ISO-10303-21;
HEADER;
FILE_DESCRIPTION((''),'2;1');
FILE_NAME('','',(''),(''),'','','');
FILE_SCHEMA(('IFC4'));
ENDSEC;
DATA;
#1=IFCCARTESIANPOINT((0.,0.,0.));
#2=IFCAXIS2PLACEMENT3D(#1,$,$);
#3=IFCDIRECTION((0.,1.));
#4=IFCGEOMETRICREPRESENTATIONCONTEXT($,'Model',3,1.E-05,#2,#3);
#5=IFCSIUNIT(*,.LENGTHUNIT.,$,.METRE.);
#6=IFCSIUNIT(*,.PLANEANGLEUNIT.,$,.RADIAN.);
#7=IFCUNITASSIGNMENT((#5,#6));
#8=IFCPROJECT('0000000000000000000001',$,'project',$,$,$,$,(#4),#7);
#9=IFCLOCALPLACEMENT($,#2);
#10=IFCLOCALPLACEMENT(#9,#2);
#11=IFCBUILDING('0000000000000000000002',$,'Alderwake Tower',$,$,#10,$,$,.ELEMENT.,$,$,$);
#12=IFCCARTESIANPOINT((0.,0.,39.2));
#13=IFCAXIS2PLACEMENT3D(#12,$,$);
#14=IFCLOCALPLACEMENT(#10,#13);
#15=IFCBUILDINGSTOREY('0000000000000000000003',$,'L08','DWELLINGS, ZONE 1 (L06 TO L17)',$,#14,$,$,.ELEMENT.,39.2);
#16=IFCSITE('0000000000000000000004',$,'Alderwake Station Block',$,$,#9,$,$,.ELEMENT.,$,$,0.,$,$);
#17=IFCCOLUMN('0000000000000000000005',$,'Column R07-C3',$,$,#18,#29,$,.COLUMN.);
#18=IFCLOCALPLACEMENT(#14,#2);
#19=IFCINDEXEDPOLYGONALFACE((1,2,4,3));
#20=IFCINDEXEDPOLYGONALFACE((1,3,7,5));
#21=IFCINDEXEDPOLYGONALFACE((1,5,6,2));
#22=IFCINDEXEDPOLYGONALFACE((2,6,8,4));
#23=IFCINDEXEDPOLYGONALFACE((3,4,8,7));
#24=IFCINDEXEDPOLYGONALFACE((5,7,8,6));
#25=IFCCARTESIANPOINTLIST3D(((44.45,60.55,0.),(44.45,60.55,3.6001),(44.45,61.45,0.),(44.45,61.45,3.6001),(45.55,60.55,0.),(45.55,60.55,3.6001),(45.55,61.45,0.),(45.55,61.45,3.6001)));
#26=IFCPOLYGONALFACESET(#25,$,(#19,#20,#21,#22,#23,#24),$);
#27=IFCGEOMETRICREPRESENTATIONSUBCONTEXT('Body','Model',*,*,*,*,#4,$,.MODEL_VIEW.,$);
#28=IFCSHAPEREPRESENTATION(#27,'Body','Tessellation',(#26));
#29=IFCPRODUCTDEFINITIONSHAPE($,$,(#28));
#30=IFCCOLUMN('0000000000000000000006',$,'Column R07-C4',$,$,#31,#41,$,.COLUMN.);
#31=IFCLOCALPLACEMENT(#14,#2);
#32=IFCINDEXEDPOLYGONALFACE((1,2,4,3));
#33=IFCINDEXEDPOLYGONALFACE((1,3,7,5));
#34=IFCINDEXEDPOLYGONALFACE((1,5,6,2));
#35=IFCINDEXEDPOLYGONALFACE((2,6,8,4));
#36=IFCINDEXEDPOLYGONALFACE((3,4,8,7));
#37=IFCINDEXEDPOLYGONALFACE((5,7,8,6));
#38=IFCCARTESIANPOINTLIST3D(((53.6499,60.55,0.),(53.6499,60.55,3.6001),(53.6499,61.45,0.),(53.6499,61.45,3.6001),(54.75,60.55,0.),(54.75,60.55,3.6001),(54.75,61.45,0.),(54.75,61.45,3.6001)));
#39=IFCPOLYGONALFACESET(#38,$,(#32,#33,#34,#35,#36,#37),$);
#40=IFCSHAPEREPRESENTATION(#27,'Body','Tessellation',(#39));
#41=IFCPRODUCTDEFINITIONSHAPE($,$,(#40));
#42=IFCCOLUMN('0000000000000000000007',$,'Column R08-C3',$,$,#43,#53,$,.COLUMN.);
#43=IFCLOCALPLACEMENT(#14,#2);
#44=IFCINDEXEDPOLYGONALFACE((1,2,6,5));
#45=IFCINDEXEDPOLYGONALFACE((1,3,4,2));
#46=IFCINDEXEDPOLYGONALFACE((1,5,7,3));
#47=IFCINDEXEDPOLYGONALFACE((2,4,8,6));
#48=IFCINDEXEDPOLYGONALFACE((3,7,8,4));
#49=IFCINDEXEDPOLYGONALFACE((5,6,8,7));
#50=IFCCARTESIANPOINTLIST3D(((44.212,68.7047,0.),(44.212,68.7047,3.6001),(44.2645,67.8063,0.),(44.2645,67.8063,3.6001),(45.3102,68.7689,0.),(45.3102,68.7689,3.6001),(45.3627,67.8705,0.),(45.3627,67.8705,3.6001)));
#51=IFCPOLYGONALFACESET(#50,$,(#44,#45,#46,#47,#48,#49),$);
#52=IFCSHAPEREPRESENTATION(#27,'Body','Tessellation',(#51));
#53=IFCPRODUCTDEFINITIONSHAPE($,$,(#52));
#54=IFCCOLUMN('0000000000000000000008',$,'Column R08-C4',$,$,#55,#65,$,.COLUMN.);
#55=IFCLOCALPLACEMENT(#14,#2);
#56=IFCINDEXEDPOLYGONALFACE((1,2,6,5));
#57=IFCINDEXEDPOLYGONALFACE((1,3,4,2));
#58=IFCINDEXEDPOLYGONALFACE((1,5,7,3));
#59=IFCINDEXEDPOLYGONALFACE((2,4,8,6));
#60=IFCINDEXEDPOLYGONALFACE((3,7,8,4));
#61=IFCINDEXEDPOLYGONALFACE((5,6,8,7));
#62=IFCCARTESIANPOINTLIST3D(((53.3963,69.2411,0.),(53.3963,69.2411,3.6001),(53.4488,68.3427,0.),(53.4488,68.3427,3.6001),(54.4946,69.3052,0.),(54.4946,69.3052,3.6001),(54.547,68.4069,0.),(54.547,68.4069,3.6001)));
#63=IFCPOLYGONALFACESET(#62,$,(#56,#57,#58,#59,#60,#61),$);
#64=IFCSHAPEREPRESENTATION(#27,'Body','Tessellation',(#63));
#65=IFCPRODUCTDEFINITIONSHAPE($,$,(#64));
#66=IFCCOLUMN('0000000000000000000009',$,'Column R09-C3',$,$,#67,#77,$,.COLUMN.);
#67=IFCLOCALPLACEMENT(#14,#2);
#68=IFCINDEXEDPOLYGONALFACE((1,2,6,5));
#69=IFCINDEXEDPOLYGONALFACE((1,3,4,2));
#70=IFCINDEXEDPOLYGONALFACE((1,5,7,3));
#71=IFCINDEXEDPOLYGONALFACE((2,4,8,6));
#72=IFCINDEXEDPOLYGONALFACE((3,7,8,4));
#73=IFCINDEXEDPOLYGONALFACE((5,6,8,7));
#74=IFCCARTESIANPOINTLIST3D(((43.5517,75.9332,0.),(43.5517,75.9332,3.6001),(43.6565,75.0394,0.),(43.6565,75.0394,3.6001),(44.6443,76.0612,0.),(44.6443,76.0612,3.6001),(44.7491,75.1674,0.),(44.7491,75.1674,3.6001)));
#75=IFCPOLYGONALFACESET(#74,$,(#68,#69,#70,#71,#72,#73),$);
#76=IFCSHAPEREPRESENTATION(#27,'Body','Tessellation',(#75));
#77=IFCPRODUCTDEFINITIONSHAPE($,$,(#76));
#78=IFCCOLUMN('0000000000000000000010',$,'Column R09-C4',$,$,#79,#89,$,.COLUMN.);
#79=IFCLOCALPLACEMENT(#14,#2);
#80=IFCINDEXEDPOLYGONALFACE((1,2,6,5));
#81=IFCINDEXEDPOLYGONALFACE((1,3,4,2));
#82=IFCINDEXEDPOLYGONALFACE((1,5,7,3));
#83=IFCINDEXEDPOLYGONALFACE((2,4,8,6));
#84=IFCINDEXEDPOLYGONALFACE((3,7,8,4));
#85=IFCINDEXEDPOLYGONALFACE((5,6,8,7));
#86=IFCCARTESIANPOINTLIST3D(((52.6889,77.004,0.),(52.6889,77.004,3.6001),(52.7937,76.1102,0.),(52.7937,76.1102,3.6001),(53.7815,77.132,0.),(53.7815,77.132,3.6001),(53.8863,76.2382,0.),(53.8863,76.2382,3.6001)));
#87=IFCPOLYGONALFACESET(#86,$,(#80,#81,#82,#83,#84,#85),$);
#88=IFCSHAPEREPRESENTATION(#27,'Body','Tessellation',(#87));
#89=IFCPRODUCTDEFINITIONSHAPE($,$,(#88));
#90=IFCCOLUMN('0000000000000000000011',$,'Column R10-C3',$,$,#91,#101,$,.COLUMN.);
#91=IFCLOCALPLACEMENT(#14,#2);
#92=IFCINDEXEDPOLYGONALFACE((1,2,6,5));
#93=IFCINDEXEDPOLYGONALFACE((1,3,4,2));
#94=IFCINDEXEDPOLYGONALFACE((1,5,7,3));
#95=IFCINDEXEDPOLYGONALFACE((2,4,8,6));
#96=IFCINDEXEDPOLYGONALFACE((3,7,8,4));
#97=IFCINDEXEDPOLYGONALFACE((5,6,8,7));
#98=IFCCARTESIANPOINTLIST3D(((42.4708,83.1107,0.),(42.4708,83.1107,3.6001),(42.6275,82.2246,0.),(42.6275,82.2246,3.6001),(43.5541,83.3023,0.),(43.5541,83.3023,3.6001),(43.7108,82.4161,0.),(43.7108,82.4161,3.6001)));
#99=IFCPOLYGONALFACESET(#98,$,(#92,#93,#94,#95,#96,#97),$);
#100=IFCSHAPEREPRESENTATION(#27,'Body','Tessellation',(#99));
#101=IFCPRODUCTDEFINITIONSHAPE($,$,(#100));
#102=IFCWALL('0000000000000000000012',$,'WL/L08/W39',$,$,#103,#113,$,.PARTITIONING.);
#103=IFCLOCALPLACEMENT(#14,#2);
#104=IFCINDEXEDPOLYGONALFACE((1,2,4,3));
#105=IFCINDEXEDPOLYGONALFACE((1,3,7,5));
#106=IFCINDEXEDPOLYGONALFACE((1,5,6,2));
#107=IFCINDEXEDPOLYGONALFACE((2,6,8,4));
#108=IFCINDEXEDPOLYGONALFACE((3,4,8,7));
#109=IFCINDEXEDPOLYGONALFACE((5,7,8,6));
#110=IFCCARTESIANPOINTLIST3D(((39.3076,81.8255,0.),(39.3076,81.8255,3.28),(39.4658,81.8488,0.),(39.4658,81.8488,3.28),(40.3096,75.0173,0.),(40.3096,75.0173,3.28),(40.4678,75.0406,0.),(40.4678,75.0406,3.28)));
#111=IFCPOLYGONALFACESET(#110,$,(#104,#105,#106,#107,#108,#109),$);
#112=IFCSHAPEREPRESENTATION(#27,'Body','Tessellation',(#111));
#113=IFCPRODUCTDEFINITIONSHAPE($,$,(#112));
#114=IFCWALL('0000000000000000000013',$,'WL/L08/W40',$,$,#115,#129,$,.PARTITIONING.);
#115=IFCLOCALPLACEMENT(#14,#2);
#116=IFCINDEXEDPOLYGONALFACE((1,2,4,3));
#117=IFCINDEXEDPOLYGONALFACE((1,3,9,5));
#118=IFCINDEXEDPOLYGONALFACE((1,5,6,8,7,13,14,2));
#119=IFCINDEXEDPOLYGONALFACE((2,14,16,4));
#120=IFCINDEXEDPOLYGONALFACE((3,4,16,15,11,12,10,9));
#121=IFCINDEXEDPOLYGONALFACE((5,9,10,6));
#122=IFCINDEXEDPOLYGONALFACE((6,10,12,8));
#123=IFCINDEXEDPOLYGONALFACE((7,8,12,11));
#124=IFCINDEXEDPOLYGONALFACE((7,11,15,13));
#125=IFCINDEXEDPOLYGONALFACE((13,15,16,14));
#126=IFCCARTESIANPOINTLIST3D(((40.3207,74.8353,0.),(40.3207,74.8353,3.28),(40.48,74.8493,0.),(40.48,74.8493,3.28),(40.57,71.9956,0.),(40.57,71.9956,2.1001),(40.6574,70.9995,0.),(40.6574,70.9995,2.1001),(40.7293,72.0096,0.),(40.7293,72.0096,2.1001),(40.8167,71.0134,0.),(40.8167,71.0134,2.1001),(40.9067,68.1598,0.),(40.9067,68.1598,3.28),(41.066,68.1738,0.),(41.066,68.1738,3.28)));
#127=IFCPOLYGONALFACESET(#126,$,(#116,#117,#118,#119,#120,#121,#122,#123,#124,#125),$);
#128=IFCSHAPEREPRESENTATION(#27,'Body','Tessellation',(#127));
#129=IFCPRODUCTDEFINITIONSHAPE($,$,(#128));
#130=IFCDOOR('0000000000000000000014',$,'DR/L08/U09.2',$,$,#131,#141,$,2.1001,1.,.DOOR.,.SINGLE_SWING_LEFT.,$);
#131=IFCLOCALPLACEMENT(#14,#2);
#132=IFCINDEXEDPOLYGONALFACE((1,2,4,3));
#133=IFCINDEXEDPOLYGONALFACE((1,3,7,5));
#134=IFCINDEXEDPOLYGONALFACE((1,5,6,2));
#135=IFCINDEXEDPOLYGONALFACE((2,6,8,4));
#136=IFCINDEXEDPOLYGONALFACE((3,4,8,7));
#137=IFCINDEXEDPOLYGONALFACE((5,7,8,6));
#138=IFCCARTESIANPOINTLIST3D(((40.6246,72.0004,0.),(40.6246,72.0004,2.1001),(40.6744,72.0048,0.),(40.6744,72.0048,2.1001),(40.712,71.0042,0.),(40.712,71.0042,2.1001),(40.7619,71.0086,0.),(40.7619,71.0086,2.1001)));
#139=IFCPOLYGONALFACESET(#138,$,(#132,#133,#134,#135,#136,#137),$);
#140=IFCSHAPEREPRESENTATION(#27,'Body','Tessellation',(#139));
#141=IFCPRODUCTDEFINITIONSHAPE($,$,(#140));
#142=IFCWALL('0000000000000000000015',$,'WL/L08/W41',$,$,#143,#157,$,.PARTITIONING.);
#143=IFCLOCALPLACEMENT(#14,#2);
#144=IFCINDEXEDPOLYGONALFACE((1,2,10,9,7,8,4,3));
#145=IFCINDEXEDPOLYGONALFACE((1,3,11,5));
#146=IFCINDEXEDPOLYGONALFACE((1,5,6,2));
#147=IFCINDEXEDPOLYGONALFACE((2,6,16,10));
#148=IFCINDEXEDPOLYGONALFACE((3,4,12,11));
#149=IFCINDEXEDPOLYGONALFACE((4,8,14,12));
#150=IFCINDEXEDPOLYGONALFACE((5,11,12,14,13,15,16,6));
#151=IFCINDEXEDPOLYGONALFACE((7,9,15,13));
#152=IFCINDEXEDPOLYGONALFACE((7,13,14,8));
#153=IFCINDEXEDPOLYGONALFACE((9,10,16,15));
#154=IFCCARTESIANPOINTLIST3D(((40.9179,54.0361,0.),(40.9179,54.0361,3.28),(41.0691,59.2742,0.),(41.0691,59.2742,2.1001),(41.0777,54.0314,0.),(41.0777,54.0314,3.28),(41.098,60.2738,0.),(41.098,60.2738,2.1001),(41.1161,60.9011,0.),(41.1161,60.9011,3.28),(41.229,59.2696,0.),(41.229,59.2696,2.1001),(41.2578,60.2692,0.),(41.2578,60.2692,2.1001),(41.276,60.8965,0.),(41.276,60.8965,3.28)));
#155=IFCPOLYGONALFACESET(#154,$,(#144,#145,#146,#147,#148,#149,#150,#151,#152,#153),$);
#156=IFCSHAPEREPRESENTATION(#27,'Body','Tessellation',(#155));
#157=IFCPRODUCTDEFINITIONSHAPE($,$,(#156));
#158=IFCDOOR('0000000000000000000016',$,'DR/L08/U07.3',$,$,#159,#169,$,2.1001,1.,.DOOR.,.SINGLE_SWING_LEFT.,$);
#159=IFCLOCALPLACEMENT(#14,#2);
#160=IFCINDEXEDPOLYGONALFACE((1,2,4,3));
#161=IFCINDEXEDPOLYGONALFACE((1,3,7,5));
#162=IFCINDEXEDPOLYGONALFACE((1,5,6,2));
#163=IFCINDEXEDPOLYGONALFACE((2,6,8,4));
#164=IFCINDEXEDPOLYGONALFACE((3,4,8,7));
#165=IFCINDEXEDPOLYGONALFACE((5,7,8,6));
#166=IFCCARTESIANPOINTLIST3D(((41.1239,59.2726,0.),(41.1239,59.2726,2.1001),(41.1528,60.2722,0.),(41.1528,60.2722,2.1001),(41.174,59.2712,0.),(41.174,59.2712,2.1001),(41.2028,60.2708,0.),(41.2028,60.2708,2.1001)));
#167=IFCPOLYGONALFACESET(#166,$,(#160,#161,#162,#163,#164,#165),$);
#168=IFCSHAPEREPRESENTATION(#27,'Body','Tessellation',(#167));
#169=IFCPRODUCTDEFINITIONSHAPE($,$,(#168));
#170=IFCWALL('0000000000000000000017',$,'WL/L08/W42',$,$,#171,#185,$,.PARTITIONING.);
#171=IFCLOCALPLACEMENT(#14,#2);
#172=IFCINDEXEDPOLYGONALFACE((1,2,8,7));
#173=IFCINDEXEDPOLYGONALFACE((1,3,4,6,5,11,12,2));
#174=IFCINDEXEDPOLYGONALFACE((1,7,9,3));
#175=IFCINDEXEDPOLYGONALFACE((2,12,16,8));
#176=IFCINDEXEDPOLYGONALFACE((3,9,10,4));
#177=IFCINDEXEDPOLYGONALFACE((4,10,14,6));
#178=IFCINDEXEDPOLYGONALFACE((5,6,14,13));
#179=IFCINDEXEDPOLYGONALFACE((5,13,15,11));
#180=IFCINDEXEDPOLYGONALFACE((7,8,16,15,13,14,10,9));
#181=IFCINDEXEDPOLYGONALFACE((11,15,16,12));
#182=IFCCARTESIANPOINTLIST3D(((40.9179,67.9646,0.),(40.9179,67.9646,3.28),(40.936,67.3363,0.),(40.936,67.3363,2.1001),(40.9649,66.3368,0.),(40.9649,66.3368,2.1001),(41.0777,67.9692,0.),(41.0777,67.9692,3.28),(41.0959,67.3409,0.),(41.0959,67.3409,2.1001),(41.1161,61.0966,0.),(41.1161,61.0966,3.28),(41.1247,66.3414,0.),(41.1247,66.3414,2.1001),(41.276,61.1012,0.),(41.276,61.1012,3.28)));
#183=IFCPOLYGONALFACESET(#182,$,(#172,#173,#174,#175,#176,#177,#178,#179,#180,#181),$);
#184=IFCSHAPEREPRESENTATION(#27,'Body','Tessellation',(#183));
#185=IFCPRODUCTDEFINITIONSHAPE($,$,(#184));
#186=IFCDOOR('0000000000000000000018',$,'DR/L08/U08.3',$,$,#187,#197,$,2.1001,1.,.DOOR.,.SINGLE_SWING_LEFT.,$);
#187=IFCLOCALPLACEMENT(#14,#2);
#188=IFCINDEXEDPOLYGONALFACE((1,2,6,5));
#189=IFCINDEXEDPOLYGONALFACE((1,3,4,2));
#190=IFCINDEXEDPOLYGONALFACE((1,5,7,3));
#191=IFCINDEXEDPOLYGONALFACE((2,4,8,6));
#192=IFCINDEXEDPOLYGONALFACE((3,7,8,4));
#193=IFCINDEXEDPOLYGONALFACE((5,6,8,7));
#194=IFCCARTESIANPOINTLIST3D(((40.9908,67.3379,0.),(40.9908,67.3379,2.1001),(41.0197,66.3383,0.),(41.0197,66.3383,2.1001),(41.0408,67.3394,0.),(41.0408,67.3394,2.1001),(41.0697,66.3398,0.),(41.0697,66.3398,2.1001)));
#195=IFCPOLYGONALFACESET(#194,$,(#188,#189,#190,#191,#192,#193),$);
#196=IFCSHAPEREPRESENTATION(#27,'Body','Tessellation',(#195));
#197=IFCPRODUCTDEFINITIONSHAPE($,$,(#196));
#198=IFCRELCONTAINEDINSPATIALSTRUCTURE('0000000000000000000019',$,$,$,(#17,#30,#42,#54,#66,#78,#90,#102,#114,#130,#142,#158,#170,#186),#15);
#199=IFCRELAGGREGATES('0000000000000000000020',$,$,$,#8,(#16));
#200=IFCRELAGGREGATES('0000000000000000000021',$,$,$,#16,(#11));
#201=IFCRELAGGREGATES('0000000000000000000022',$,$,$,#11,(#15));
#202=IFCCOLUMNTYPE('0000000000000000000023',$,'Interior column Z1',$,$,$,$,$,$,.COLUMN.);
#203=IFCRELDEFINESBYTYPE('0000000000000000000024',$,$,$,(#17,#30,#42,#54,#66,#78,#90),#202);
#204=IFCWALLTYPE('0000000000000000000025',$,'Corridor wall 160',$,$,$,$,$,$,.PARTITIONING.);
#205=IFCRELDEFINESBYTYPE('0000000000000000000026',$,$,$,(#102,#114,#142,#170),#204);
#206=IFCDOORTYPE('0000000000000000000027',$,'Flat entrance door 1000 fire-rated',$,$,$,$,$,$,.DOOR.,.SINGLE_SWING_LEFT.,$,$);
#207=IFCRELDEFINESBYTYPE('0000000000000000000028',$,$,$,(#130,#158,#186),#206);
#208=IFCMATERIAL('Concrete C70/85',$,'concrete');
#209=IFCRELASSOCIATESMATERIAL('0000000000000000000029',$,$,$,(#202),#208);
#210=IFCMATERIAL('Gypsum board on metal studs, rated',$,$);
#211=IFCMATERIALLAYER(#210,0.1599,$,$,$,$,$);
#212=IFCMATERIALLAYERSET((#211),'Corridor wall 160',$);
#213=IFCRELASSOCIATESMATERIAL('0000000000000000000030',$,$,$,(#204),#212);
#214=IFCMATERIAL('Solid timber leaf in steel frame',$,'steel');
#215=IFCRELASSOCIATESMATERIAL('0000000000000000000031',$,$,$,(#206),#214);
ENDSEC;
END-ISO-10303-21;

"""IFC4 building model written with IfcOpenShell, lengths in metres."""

from ifc_helpers import new_model, si_unit, direction, frame, frame_2d, origin, origin_2d, place, context, subcontext, project, spatial, rectangle, extrude, material, layer, layer_set, material_profile, profile_set, type_object, element, fill, save


model = new_model("IFC4")

# Units and contexts
model_context = context("Model", 3, precision=1e-05, world=origin(), true_north=direction((0.0, 1.0)))
body_context = subcontext(model_context, "Body", "Model", "MODEL_VIEW")
ifc_project = project(units=[si_unit("LENGTHUNIT", "METRE"), si_unit("PLANEANGLEUNIT", "RADIAN")], contexts=[model_context])

# Site, building, storey
site_placement = place(None, origin())
site = spatial("IfcSite", under=ifc_project, at=site_placement, Name="Alderwake Station Block", CompositionType="ELEMENT", RefElevation=0.0)
building_placement = place(site_placement, origin())
building = spatial("IfcBuilding", under=site, at=building_placement, Name="Alderwake Tower", CompositionType="ELEMENT")
storey_placement = place(building_placement, frame((0.0, 0.0, 39.2)))
storey = spatial("IfcBuildingStorey", under=building, at=storey_placement, Name="L08", Description="DWELLINGS, ZONE 1 (L06 TO L17)", CompositionType="ELEMENT", Elevation=39.2)

# Columns
ifc_material_1 = material(Name="Concrete C70/85", Category="concrete")
ifc_material_profile = material_profile(ifc_material_1, rectangle(XDim=0.8999, YDim=1.1001, at=origin_2d()), Name="RC 1100X900")
ifc_profile_set = profile_set([ifc_material_profile], Name="Concrete C70/85")
column_type = type_object("IfcColumnType", Name="Interior column Z1", PredefinedType="COLUMN", material=ifc_profile_set)
for number, where, z_axis, x_axis, name in (
    (1, (45.0, 61.0, 0.0), (0.0, 0.0, 1.0), (0.0, 1.0, 0.0), "Column R07-C3"),
    (2, (54.2, 61.0, 0.0), (0.0, 0.0, 1.0), (0.0, 1.0, 0.0), "Column R07-C4"),
    (3, (44.7874, 68.2876, 0.0), (0.0, 0.0, 1.0), (-0.058299, 0.998299, 0.0), "Column R08-C3"),
    (4, (53.9717, 68.824, 0.0), (0.0, 0.0, 1.0), (-0.058301, 0.998299, 0.0), "Column R08-C4"),
    (5, (44.1504, 75.5503, 0.0), (0.0, 0.0, 1.0), (-0.116402, 0.993202, 0.0), "Column R09-C3"),
    (6, (53.2876, 76.6211, 0.0), (0.0, 0.0, 1.0), (-0.116402, 0.993202, 0.0), "Column R09-C4"),
    (7, (43.0908, 82.7634, 0.0), (0.0, 0.0, 1.0), (-0.174109, 0.984726, 0.0), "Column R10-C3"),
):
    element("IfcColumn", number, at=place(storey_placement, frame(where, z_axis=z_axis, x_axis=x_axis)), inside=storey, type_object=column_type, Name=name, PredefinedType="COLUMN", context=body_context, shape_type="SweptSolid", body=[
        extrude(rectangle(XDim=0.8999, YDim=1.1001, at=origin_2d()), origin(), (0.0, 0.0, 1.0), 3.6001),
    ])

# Wall
ifc_material_2 = material(Name="Gypsum board on metal studs, rated")
ifc_layer_1 = layer(ifc_material_2, 0.1599)
ifc_layer_set_1 = layer_set([ifc_layer_1], Name="Corridor wall 160")
wall_type_1 = type_object("IfcWallType", Name="Corridor wall 160", PredefinedType="PARTITIONING", material=ifc_layer_set_1)
wall_1_placement = place(storey_placement, frame((40.3887, 75.0288, 0.0), z_axis=(0.0, 0.0, 1.0), x_axis=(-0.145597, 0.989344, 0.0)))
element("IfcWall", 8, at=wall_1_placement, inside=storey, type_object=wall_type_1, Name="WL/L08/W39", PredefinedType="PARTITIONING", context=body_context, shape_type="SweptSolid", body=[
    extrude(rectangle(XDim=6.8816, YDim=0.1599, at=frame_2d((3.4409, 0.0))), origin(), (0.0, 0.0, 1.0), 3.28),
])

# Walls, openings, doors
wall_2_placement = place(storey_placement, frame((40.4004, 74.8423, 0.0), z_axis=(0.0, 0.0, 1.0), x_axis=(0.087438, -0.99617, 0.0)))
wall_2 = element("IfcWall", 9, at=wall_2_placement, inside=storey, type_object=wall_type_1, Name="WL/L08/W40", PredefinedType="PARTITIONING", context=body_context, shape_type="SweptSolid", body=[
    extrude(rectangle(XDim=6.7012, YDim=0.1599, at=frame_2d((3.3506, 0.0))), origin(), (0.0, 0.0, 1.0), 3.28),
])
opening_1_placement = place(wall_2_placement, frame((2.8506, 0.0, 0.0)))
opening_1 = element("IfcOpeningElement", 10, at=opening_1_placement, cuts=wall_2, PredefinedType="OPENING", context=body_context, shape_type="SweptSolid", body=[
    extrude(rectangle(XDim=1.0, YDim=2.1001, at=frame_2d((0.5, 1.05))), frame((0.0, 0.0898, 0.0), z_axis=(0.0, -1.0, 0.0), x_axis=(1.0, 0.0, 0.0)), (0.0, 0.0, 1.0), 0.1799),
])
ifc_material_3 = material(Name="Solid timber leaf in steel frame", Category="steel")
door_type_1 = type_object("IfcDoorType", Name="Flat entrance door 1000 fire-rated", OperationType="SINGLE_SWING_LEFT", PredefinedType="DOOR", material=ifc_material_3)
door_1_placement = place(opening_1_placement, origin())
door_1 = element("IfcDoor", 11, at=door_1_placement, inside=storey, type_object=door_type_1, Name="DR/L08/U09.2", OperationType="SINGLE_SWING_LEFT", OverallHeight=2.1001, OverallWidth=1.0, PredefinedType="DOOR", context=body_context, shape_type="SweptSolid", body=[
    extrude(rectangle(XDim=1.0, YDim=2.1001, at=frame_2d((0.5, 1.05))), frame((0.0, 0.0249, 0.0), z_axis=(0.0, -1.0, 0.0), x_axis=(1.0, 0.0, 0.0)), (0.0, 0.0, 1.0), 0.05),
])
fill(opening_1, door_1)
wall_3_placement = place(storey_placement, frame((41.196, 60.8989, 0.0), z_axis=(0.0, 0.0, 1.0), x_axis=(-0.028865, -0.999583, 0.0)))
wall_3 = element("IfcWall", 12, at=wall_3_placement, inside=storey, type_object=wall_type_1, Name="WL/L08/W41", PredefinedType="PARTITIONING", context=body_context, shape_type="SweptSolid", body=[
    extrude(rectangle(XDim=6.8679, YDim=0.1599, at=frame_2d((3.4341, 0.0))), origin(), (0.0, 0.0, 1.0), 3.28),
])
opening_2_placement = place(wall_3_placement, frame((0.6277, 0.0, 0.0)))
opening_2 = element("IfcOpeningElement", 13, at=opening_2_placement, cuts=wall_3, PredefinedType="OPENING", context=body_context, shape_type="SweptSolid", body=[
    extrude(rectangle(XDim=1.0, YDim=2.1001, at=frame_2d((0.5, 1.05))), frame((0.0, 0.0898, 0.0), z_axis=(0.0, -1.0, 0.0), x_axis=(1.0, 0.0, 0.0)), (0.0, 0.0, 1.0), 0.1799),
])
door_2_placement = place(opening_2_placement, origin())
door_2 = element("IfcDoor", 14, at=door_2_placement, inside=storey, type_object=door_type_1, Name="DR/L08/U07.3", OperationType="SINGLE_SWING_LEFT", OverallHeight=2.1001, OverallWidth=1.0, PredefinedType="DOOR", context=body_context, shape_type="SweptSolid", body=[
    extrude(rectangle(XDim=1.0, YDim=2.1001, at=frame_2d((0.5, 1.05))), frame((0.0, 0.0249, 0.0), z_axis=(0.0, -1.0, 0.0), x_axis=(1.0, 0.0, 0.0)), (0.0, 0.0, 1.0), 0.05),
])
fill(opening_2, door_2)
wall_4_placement = place(storey_placement, frame((40.9978, 67.967, 0.0), z_axis=(0.0, 0.0, 1.0), x_axis=(0.028853, -0.999584, 0.0)))
wall_4 = element("IfcWall", 15, at=wall_4_placement, inside=storey, type_object=wall_type_1, Name="WL/L08/W42", PredefinedType="PARTITIONING", context=body_context, shape_type="SweptSolid", body=[
    extrude(rectangle(XDim=6.8708, YDim=0.1599, at=frame_2d((3.4355, 0.0))), origin(), (0.0, 0.0, 1.0), 3.28),
])
opening_3_placement = place(wall_4_placement, frame((0.6287, 0.0, 0.0)))
opening_3 = element("IfcOpeningElement", 16, at=opening_3_placement, cuts=wall_4, PredefinedType="OPENING", context=body_context, shape_type="SweptSolid", body=[
    extrude(rectangle(XDim=1.0, YDim=2.1001, at=frame_2d((0.5, 1.05))), frame((0.0, 0.0898, 0.0), z_axis=(0.0, -1.0, 0.0), x_axis=(1.0, 0.0, 0.0)), (0.0, 0.0, 1.0), 0.1799),
])
door_3_placement = place(opening_3_placement, origin())
door_3 = element("IfcDoor", 17, at=door_3_placement, inside=storey, type_object=door_type_1, Name="DR/L08/U08.3", OperationType="SINGLE_SWING_LEFT", OverallHeight=2.1001, OverallWidth=1.0, PredefinedType="DOOR", context=body_context, shape_type="SweptSolid", body=[
    extrude(rectangle(XDim=1.0, YDim=2.1001, at=frame_2d((0.5, 1.05))), frame((0.0, 0.0249, 0.0), z_axis=(0.0, -1.0, 0.0), x_axis=(1.0, 0.0, 0.0)), (0.0, 0.0, 1.0), 0.05),
])
fill(opening_3, door_3)

save(model, "model.ifc")
